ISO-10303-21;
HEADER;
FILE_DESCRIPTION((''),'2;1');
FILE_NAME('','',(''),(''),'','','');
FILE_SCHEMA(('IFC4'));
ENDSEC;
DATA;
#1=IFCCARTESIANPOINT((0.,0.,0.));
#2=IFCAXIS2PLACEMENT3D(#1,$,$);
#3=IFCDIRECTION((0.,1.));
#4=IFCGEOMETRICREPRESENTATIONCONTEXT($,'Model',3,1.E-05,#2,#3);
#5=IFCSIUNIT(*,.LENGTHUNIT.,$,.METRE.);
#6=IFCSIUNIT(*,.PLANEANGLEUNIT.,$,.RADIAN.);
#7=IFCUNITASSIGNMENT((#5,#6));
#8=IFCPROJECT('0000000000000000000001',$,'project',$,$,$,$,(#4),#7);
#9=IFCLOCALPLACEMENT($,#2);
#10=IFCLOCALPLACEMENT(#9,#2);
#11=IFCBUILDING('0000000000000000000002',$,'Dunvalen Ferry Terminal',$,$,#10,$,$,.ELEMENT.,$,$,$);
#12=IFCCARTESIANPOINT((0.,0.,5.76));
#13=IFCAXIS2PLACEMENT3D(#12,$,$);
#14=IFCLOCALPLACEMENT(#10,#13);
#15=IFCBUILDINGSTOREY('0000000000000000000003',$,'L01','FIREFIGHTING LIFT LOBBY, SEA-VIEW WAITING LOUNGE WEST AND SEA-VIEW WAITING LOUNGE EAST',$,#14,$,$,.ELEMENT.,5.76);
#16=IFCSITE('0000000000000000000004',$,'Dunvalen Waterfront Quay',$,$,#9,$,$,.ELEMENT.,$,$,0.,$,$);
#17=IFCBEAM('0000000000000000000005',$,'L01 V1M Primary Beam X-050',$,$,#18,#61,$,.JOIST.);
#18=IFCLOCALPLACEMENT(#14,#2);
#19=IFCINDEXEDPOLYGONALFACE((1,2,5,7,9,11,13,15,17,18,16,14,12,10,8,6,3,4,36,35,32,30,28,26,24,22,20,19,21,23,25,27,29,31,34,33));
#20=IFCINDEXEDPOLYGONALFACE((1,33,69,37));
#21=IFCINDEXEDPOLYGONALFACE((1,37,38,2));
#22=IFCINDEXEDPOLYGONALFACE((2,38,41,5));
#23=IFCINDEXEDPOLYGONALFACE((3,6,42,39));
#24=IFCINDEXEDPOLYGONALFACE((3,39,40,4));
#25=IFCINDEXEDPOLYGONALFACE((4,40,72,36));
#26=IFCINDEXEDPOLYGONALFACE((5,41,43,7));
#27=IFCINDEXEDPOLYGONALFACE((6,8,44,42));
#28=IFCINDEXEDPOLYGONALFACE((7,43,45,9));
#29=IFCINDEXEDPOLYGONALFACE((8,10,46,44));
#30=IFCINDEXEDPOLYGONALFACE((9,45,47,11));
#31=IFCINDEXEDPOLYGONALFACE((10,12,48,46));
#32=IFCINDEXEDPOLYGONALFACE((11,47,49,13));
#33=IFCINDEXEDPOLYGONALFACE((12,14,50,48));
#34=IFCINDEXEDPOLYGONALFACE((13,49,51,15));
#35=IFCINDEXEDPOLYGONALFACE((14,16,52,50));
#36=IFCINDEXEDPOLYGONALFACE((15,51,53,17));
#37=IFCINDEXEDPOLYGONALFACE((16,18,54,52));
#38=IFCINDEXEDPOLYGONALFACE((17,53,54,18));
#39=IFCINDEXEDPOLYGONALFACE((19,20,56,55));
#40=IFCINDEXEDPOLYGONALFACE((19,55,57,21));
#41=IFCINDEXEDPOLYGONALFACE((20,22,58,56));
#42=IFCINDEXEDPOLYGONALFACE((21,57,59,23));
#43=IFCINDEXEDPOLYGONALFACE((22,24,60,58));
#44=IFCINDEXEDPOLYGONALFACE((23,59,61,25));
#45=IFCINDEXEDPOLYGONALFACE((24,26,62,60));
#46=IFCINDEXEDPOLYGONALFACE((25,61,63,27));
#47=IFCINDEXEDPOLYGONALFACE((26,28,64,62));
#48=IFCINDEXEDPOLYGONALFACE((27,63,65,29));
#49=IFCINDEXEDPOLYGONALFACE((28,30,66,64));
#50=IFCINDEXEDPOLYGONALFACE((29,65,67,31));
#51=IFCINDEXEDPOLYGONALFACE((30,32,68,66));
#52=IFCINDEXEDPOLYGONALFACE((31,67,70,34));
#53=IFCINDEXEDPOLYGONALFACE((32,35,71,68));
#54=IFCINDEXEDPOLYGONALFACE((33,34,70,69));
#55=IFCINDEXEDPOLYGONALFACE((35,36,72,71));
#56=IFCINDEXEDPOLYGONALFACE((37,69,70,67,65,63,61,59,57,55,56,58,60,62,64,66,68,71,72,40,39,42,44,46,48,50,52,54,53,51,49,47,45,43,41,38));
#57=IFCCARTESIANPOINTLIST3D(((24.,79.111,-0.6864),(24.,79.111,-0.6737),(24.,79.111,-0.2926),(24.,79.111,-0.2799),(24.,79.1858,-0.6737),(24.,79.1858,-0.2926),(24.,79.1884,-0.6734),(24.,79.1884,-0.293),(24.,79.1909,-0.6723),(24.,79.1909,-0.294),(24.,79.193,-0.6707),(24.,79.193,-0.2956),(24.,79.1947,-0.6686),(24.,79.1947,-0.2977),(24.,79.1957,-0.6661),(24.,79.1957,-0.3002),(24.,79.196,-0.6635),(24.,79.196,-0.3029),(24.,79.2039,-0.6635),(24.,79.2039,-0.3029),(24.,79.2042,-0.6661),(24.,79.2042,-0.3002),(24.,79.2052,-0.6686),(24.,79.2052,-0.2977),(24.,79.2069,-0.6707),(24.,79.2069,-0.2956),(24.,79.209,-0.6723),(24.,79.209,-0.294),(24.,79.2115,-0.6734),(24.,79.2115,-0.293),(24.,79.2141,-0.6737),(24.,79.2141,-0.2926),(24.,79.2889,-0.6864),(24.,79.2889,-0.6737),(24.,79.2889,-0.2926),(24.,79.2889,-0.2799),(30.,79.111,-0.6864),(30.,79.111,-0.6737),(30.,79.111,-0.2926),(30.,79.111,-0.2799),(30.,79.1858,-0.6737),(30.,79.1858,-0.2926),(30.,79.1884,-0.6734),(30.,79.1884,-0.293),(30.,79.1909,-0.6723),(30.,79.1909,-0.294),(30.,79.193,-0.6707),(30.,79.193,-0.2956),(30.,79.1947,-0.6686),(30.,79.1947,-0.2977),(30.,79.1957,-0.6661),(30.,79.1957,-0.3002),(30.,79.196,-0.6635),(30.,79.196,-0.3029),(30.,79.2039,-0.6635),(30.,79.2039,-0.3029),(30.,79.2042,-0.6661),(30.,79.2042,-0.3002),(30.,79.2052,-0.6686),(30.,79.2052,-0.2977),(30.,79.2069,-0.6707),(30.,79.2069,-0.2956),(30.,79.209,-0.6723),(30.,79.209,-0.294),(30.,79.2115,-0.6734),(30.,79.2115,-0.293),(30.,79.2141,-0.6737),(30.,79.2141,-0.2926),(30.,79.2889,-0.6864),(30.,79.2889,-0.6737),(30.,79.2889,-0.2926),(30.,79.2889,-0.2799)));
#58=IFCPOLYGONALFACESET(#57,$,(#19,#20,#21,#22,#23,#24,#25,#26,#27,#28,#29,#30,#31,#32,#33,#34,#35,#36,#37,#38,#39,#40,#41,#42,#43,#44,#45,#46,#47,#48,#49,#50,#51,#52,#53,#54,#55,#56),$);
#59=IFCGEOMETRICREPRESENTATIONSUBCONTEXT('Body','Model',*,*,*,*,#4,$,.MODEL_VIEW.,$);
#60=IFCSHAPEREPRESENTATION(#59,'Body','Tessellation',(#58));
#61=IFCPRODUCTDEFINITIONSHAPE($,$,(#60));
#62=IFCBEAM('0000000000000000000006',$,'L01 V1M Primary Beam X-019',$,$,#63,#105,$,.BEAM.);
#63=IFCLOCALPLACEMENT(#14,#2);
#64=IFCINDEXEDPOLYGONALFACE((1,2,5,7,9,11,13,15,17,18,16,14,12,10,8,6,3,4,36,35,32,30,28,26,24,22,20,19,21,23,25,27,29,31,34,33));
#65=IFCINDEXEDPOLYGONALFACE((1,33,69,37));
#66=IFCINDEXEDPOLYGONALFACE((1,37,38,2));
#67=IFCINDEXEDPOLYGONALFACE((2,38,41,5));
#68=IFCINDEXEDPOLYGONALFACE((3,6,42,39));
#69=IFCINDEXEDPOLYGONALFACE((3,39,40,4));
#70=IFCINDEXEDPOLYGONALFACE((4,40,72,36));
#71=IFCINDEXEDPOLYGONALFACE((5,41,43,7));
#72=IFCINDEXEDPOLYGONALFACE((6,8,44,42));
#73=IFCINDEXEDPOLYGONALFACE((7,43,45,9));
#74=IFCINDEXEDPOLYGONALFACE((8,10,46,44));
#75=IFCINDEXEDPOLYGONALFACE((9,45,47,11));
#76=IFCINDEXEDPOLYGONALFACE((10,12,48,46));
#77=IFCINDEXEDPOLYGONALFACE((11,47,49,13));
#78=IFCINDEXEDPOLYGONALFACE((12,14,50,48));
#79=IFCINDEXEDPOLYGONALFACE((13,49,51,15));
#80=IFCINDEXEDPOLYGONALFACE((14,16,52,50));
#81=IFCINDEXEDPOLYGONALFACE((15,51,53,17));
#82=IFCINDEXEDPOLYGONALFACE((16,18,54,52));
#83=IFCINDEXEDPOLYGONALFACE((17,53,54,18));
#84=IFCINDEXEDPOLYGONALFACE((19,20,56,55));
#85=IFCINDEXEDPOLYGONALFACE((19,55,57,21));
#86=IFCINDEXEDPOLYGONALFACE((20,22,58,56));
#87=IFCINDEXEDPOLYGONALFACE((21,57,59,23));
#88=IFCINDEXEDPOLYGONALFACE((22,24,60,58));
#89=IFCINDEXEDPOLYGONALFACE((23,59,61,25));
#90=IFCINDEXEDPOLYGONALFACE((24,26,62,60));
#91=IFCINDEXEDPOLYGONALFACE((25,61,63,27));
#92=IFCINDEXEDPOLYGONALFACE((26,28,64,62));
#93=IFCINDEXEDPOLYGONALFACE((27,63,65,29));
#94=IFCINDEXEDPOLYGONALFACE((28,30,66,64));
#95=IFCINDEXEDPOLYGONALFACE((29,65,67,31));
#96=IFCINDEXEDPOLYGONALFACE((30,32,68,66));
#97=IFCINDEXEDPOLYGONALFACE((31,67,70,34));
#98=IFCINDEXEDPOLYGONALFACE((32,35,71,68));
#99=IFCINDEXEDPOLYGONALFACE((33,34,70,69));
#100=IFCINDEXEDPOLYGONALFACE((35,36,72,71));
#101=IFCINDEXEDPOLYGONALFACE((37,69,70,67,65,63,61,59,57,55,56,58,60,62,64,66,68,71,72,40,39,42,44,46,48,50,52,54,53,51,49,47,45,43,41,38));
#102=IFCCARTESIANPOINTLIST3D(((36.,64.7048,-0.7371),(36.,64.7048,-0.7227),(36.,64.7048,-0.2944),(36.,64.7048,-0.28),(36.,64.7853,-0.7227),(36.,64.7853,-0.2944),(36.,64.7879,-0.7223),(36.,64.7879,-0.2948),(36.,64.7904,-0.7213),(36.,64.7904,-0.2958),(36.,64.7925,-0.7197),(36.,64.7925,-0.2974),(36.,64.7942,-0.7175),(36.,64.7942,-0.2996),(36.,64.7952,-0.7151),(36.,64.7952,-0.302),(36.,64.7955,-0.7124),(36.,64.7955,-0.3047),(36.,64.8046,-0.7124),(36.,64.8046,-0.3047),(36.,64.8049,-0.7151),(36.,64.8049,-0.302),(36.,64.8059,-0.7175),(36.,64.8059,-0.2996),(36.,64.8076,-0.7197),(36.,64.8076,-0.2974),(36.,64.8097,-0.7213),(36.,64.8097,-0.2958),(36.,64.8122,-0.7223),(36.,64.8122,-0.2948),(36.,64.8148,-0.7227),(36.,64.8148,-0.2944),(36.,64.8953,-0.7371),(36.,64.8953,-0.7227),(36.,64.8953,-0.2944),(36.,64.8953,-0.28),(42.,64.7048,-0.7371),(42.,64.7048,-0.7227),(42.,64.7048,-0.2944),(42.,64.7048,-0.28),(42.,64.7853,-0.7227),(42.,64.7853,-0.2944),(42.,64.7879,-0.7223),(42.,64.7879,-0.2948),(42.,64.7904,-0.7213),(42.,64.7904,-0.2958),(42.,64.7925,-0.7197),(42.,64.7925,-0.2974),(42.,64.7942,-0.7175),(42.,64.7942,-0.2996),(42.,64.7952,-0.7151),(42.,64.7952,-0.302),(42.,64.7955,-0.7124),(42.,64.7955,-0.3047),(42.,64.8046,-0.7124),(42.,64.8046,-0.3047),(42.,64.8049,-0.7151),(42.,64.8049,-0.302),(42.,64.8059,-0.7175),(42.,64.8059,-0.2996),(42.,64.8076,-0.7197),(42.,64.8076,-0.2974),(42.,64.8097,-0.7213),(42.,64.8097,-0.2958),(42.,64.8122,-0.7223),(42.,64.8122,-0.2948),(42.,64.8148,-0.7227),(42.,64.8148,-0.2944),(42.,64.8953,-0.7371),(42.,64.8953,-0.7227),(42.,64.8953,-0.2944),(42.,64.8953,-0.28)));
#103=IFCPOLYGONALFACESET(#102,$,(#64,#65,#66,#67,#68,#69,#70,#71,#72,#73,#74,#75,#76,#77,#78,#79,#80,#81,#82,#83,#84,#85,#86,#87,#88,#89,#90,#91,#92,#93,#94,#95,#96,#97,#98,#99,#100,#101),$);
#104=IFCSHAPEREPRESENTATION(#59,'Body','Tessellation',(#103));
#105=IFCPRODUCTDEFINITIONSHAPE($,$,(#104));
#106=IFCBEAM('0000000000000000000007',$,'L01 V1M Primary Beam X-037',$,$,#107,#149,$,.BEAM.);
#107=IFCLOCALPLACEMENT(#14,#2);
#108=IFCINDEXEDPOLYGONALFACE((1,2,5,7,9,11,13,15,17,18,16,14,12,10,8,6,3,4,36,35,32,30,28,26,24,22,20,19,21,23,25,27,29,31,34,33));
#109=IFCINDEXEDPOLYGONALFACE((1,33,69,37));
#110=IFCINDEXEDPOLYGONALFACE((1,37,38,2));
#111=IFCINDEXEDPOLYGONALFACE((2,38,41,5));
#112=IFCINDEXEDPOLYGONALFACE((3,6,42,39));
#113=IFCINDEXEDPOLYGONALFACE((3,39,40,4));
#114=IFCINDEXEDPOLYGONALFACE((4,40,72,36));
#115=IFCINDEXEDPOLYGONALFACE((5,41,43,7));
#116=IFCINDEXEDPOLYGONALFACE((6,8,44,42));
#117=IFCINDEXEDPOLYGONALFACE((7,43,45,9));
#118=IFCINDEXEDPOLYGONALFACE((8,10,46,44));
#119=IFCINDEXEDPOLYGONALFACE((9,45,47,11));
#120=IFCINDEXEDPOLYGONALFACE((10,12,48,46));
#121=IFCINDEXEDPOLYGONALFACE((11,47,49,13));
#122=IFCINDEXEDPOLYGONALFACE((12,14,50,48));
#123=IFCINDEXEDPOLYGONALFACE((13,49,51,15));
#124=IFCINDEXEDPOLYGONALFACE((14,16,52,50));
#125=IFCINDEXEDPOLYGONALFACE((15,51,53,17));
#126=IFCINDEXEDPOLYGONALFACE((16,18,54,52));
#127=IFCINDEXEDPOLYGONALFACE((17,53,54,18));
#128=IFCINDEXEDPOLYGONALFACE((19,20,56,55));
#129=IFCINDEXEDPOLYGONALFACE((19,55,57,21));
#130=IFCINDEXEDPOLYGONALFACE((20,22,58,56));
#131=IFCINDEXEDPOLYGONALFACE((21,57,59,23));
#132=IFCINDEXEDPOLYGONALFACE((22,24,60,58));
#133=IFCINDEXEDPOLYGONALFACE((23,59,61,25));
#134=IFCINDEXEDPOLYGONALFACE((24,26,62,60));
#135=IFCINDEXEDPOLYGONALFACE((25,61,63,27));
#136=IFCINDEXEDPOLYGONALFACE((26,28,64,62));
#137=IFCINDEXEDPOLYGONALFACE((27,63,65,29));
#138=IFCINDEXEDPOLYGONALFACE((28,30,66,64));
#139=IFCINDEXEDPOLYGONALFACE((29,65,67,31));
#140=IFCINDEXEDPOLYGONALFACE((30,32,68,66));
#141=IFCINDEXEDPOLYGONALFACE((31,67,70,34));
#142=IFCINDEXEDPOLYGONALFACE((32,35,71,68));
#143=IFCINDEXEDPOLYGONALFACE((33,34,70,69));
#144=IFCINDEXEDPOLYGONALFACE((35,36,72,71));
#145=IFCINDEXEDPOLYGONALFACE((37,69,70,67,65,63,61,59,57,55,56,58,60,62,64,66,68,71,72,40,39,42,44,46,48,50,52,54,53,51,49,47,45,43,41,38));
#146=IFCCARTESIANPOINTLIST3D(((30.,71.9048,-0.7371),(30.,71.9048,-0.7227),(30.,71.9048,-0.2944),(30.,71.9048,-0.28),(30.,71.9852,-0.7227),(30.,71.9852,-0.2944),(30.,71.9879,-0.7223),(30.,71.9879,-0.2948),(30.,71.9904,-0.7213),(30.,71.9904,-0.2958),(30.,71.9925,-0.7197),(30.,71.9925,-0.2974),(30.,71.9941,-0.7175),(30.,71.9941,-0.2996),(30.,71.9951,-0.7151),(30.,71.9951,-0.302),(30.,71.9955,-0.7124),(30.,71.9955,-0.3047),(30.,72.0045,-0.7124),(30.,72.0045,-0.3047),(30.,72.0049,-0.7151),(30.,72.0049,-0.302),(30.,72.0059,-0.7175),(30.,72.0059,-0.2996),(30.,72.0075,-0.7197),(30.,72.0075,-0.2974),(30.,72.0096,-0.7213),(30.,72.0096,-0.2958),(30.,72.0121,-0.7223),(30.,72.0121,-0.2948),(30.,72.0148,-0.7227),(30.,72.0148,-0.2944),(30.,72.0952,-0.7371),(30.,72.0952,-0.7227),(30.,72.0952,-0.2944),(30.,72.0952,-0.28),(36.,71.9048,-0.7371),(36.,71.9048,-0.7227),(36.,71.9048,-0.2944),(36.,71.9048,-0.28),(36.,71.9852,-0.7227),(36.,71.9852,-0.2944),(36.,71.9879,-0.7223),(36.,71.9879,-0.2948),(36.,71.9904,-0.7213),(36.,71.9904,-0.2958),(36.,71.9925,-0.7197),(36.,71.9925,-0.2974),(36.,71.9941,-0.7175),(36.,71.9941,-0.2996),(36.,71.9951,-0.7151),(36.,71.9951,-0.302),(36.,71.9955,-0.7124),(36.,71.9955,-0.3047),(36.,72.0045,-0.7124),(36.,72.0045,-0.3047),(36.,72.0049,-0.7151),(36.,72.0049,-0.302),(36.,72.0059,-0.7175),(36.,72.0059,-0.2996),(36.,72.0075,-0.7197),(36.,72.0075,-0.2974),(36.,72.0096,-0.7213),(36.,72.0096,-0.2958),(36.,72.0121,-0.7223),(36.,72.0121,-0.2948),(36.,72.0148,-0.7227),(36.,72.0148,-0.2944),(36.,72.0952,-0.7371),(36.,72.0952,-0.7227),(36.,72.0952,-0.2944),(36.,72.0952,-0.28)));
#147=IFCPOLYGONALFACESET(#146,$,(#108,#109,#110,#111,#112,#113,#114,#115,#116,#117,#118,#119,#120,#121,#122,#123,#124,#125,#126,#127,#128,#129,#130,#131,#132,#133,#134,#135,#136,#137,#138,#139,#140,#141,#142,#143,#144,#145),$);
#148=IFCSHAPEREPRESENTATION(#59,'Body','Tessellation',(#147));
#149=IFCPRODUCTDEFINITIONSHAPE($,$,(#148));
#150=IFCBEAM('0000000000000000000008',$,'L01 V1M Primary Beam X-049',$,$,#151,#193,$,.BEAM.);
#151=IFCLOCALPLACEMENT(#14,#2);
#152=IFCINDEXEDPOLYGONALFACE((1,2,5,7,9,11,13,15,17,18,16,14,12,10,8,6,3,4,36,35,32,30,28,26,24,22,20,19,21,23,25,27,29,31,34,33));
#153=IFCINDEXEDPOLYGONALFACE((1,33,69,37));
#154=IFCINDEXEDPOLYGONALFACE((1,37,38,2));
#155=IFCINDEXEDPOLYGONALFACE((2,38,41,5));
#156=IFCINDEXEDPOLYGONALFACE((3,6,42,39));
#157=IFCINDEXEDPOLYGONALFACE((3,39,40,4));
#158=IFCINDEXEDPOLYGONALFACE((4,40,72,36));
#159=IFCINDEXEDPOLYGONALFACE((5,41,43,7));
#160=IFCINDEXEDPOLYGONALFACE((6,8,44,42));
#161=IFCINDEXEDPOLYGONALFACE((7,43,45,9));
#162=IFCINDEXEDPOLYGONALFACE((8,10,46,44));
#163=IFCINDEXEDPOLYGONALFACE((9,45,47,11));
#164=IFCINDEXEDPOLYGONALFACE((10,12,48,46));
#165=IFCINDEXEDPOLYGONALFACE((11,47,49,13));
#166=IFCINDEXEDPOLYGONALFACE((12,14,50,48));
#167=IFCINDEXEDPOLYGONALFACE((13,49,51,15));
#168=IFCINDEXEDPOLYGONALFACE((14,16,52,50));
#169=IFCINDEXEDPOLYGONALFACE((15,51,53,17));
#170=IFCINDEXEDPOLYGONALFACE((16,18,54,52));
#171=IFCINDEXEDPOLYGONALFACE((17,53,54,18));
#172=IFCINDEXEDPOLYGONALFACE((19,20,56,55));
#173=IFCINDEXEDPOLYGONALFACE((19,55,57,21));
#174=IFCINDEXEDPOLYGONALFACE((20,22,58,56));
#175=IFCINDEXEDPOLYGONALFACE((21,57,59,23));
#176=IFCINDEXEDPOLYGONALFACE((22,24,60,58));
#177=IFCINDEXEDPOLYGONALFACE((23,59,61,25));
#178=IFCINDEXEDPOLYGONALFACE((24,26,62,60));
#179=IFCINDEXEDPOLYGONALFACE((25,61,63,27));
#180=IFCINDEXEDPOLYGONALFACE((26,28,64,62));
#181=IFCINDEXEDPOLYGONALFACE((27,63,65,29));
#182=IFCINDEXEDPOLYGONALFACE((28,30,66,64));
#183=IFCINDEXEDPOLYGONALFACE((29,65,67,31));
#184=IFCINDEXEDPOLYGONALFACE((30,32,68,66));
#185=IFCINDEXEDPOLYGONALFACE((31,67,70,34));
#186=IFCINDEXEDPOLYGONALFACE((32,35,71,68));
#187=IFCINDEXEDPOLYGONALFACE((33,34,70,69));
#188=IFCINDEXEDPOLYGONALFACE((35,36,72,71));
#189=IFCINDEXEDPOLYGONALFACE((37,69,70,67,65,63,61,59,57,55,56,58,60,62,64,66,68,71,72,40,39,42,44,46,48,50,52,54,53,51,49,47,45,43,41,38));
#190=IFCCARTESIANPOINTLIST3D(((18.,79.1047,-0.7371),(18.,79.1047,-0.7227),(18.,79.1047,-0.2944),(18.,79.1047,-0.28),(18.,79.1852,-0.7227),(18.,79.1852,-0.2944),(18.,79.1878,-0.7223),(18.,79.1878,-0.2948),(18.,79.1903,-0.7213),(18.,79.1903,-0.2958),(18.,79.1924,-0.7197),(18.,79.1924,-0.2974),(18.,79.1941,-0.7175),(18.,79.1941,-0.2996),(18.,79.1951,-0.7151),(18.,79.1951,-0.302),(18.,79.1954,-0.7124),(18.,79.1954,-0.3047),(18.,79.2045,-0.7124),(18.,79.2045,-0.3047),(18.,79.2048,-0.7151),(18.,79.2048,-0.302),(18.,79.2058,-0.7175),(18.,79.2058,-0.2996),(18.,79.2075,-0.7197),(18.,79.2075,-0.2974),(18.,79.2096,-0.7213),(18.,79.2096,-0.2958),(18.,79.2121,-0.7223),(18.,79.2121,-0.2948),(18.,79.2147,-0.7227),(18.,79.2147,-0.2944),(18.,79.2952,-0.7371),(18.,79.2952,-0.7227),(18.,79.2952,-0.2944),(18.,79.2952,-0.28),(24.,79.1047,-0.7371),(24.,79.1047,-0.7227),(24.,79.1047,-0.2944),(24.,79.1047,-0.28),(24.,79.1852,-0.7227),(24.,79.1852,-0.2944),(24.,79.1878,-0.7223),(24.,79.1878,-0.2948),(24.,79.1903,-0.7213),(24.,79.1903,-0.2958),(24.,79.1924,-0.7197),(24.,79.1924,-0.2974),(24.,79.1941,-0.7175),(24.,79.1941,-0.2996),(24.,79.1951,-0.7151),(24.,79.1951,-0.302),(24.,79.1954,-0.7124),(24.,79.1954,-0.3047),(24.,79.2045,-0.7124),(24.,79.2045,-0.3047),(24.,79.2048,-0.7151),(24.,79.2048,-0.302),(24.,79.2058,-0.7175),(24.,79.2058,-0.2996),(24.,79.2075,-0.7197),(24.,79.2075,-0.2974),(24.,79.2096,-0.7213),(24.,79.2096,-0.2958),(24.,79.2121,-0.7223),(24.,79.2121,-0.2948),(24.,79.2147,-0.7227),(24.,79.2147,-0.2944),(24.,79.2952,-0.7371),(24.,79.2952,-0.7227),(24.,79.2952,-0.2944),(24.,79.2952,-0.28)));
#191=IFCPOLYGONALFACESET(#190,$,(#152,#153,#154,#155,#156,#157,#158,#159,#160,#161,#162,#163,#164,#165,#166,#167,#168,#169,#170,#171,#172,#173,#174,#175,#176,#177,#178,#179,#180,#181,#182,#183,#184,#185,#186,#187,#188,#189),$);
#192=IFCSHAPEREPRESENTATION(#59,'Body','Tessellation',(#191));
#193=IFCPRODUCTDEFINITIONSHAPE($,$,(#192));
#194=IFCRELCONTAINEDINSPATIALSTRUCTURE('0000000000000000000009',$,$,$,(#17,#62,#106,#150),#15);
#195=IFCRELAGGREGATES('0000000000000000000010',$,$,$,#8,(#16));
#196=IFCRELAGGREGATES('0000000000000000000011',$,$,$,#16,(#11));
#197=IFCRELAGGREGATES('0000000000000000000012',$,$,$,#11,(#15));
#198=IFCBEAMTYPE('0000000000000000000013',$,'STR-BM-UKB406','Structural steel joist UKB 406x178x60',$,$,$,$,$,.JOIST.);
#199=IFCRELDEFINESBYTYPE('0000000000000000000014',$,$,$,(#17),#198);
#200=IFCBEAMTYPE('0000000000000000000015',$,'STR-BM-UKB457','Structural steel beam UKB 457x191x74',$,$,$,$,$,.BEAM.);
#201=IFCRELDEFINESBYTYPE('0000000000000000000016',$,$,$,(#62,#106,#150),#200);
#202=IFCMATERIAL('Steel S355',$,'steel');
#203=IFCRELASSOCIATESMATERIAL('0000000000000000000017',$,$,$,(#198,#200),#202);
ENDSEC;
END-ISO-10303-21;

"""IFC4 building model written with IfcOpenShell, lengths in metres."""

from ifc_helpers import new_model, si_unit, direction, frame, origin, origin_2d, place, context, subcontext, project, spatial, i_section, extrude, material, material_profile, profile_set, type_object, element, save


model = new_model("IFC4")

# Units and contexts
model_context = context("Model", 3, precision=1e-05, world=origin(), true_north=direction((0.0, 1.0)))
body_context = subcontext(model_context, "Body", "Model", "MODEL_VIEW")
ifc_project = project(units=[si_unit("LENGTHUNIT", "METRE"), si_unit("PLANEANGLEUNIT", "RADIAN")], contexts=[model_context])

# Site, building, storey
site_placement = place(None, origin())
site = spatial("IfcSite", under=ifc_project, at=site_placement, Name="Dunvalen Waterfront Quay", CompositionType="ELEMENT", RefElevation=0.0)
building_placement = place(site_placement, origin())
building = spatial("IfcBuilding", under=site, at=building_placement, Name="Dunvalen Ferry Terminal", CompositionType="ELEMENT")
storey_placement = place(building_placement, frame((0.0, 0.0, 5.76)))
storey = spatial("IfcBuildingStorey", under=building, at=storey_placement, Name="L01", Description="FIREFIGHTING LIFT LOBBY, SEA-VIEW WAITING LOUNGE WEST AND SEA-VIEW WAITING LOUNGE EAST", CompositionType="ELEMENT", Elevation=5.76)

# Beams
ifc_material_1 = material(Name="Steel S355", Category="steel")
ifc_material_profile_1 = material_profile(ifc_material_1, i_section(OverallWidth=0.178, OverallDepth=0.4065, WebThickness=0.0078, FlangeThickness=0.0127, FilletRadius=0.0103, at=origin_2d()), Name="Steel S355")
ifc_profile_set_1 = profile_set([ifc_material_profile_1], Name="Steel S355")
beam_type_1 = type_object("IfcBeamType", Name="STR-BM-UKB406", Description="Structural steel joist UKB 406x178x60", PredefinedType="JOIST", material=ifc_profile_set_1)
for number, where, z_axis, x_axis, name in (
    (1, (24.0, 79.2, -0.4832), (1.0, 0.0, 0.0), (0.0, 1.0, 0.0), "L01 V1M Primary Beam X-050"),
):
    element("IfcBeam", number, at=place(storey_placement, frame(where, z_axis=z_axis, x_axis=x_axis)), inside=storey, type_object=beam_type_1, Name=name, PredefinedType="JOIST", context=body_context, shape_type="SweptSolid", body=[
        extrude(i_section(OverallWidth=0.178, OverallDepth=0.4065, WebThickness=0.0078, FlangeThickness=0.0127, FilletRadius=0.0103, at=origin_2d()), origin(), (0.0, 0.0, 1.0), 6.0),
    ])
ifc_material_profile_2 = material_profile(ifc_material_1, i_section(OverallWidth=0.1904, OverallDepth=0.457, WebThickness=0.009, FlangeThickness=0.0144, FilletRadius=0.0103, at=origin_2d()), Name="Steel S355")
ifc_profile_set_2 = profile_set([ifc_material_profile_2], Name="Steel S355")
beam_type_2 = type_object("IfcBeamType", Name="STR-BM-UKB457", Description="Structural steel beam UKB 457x191x74", PredefinedType="BEAM", material=ifc_profile_set_2)
for number, where, z_axis, x_axis, name in (
    (2, (36.0, 64.8, -0.5085), (1.0, 0.0, 0.0), (0.0, 1.0, 0.0), "L01 V1M Primary Beam X-019"),
    (3, (30.0, 72.0, -0.5085), (1.0, 0.0, 0.0), (0.0, 1.0, 0.0), "L01 V1M Primary Beam X-037"),
    (4, (18.0, 79.2, -0.5085), (1.0, 0.0, 0.0), (0.0, 1.0, 0.0), "L01 V1M Primary Beam X-049"),
):
    element("IfcBeam", number, at=place(storey_placement, frame(where, z_axis=z_axis, x_axis=x_axis)), inside=storey, type_object=beam_type_2, Name=name, PredefinedType="BEAM", context=body_context, shape_type="SweptSolid", body=[
        extrude(i_section(OverallWidth=0.1904, OverallDepth=0.457, WebThickness=0.009, FlangeThickness=0.0144, FilletRadius=0.0103, at=origin_2d()), origin(), (0.0, 0.0, 1.0), 6.0),
    ])

save(model, "model.ifc")
